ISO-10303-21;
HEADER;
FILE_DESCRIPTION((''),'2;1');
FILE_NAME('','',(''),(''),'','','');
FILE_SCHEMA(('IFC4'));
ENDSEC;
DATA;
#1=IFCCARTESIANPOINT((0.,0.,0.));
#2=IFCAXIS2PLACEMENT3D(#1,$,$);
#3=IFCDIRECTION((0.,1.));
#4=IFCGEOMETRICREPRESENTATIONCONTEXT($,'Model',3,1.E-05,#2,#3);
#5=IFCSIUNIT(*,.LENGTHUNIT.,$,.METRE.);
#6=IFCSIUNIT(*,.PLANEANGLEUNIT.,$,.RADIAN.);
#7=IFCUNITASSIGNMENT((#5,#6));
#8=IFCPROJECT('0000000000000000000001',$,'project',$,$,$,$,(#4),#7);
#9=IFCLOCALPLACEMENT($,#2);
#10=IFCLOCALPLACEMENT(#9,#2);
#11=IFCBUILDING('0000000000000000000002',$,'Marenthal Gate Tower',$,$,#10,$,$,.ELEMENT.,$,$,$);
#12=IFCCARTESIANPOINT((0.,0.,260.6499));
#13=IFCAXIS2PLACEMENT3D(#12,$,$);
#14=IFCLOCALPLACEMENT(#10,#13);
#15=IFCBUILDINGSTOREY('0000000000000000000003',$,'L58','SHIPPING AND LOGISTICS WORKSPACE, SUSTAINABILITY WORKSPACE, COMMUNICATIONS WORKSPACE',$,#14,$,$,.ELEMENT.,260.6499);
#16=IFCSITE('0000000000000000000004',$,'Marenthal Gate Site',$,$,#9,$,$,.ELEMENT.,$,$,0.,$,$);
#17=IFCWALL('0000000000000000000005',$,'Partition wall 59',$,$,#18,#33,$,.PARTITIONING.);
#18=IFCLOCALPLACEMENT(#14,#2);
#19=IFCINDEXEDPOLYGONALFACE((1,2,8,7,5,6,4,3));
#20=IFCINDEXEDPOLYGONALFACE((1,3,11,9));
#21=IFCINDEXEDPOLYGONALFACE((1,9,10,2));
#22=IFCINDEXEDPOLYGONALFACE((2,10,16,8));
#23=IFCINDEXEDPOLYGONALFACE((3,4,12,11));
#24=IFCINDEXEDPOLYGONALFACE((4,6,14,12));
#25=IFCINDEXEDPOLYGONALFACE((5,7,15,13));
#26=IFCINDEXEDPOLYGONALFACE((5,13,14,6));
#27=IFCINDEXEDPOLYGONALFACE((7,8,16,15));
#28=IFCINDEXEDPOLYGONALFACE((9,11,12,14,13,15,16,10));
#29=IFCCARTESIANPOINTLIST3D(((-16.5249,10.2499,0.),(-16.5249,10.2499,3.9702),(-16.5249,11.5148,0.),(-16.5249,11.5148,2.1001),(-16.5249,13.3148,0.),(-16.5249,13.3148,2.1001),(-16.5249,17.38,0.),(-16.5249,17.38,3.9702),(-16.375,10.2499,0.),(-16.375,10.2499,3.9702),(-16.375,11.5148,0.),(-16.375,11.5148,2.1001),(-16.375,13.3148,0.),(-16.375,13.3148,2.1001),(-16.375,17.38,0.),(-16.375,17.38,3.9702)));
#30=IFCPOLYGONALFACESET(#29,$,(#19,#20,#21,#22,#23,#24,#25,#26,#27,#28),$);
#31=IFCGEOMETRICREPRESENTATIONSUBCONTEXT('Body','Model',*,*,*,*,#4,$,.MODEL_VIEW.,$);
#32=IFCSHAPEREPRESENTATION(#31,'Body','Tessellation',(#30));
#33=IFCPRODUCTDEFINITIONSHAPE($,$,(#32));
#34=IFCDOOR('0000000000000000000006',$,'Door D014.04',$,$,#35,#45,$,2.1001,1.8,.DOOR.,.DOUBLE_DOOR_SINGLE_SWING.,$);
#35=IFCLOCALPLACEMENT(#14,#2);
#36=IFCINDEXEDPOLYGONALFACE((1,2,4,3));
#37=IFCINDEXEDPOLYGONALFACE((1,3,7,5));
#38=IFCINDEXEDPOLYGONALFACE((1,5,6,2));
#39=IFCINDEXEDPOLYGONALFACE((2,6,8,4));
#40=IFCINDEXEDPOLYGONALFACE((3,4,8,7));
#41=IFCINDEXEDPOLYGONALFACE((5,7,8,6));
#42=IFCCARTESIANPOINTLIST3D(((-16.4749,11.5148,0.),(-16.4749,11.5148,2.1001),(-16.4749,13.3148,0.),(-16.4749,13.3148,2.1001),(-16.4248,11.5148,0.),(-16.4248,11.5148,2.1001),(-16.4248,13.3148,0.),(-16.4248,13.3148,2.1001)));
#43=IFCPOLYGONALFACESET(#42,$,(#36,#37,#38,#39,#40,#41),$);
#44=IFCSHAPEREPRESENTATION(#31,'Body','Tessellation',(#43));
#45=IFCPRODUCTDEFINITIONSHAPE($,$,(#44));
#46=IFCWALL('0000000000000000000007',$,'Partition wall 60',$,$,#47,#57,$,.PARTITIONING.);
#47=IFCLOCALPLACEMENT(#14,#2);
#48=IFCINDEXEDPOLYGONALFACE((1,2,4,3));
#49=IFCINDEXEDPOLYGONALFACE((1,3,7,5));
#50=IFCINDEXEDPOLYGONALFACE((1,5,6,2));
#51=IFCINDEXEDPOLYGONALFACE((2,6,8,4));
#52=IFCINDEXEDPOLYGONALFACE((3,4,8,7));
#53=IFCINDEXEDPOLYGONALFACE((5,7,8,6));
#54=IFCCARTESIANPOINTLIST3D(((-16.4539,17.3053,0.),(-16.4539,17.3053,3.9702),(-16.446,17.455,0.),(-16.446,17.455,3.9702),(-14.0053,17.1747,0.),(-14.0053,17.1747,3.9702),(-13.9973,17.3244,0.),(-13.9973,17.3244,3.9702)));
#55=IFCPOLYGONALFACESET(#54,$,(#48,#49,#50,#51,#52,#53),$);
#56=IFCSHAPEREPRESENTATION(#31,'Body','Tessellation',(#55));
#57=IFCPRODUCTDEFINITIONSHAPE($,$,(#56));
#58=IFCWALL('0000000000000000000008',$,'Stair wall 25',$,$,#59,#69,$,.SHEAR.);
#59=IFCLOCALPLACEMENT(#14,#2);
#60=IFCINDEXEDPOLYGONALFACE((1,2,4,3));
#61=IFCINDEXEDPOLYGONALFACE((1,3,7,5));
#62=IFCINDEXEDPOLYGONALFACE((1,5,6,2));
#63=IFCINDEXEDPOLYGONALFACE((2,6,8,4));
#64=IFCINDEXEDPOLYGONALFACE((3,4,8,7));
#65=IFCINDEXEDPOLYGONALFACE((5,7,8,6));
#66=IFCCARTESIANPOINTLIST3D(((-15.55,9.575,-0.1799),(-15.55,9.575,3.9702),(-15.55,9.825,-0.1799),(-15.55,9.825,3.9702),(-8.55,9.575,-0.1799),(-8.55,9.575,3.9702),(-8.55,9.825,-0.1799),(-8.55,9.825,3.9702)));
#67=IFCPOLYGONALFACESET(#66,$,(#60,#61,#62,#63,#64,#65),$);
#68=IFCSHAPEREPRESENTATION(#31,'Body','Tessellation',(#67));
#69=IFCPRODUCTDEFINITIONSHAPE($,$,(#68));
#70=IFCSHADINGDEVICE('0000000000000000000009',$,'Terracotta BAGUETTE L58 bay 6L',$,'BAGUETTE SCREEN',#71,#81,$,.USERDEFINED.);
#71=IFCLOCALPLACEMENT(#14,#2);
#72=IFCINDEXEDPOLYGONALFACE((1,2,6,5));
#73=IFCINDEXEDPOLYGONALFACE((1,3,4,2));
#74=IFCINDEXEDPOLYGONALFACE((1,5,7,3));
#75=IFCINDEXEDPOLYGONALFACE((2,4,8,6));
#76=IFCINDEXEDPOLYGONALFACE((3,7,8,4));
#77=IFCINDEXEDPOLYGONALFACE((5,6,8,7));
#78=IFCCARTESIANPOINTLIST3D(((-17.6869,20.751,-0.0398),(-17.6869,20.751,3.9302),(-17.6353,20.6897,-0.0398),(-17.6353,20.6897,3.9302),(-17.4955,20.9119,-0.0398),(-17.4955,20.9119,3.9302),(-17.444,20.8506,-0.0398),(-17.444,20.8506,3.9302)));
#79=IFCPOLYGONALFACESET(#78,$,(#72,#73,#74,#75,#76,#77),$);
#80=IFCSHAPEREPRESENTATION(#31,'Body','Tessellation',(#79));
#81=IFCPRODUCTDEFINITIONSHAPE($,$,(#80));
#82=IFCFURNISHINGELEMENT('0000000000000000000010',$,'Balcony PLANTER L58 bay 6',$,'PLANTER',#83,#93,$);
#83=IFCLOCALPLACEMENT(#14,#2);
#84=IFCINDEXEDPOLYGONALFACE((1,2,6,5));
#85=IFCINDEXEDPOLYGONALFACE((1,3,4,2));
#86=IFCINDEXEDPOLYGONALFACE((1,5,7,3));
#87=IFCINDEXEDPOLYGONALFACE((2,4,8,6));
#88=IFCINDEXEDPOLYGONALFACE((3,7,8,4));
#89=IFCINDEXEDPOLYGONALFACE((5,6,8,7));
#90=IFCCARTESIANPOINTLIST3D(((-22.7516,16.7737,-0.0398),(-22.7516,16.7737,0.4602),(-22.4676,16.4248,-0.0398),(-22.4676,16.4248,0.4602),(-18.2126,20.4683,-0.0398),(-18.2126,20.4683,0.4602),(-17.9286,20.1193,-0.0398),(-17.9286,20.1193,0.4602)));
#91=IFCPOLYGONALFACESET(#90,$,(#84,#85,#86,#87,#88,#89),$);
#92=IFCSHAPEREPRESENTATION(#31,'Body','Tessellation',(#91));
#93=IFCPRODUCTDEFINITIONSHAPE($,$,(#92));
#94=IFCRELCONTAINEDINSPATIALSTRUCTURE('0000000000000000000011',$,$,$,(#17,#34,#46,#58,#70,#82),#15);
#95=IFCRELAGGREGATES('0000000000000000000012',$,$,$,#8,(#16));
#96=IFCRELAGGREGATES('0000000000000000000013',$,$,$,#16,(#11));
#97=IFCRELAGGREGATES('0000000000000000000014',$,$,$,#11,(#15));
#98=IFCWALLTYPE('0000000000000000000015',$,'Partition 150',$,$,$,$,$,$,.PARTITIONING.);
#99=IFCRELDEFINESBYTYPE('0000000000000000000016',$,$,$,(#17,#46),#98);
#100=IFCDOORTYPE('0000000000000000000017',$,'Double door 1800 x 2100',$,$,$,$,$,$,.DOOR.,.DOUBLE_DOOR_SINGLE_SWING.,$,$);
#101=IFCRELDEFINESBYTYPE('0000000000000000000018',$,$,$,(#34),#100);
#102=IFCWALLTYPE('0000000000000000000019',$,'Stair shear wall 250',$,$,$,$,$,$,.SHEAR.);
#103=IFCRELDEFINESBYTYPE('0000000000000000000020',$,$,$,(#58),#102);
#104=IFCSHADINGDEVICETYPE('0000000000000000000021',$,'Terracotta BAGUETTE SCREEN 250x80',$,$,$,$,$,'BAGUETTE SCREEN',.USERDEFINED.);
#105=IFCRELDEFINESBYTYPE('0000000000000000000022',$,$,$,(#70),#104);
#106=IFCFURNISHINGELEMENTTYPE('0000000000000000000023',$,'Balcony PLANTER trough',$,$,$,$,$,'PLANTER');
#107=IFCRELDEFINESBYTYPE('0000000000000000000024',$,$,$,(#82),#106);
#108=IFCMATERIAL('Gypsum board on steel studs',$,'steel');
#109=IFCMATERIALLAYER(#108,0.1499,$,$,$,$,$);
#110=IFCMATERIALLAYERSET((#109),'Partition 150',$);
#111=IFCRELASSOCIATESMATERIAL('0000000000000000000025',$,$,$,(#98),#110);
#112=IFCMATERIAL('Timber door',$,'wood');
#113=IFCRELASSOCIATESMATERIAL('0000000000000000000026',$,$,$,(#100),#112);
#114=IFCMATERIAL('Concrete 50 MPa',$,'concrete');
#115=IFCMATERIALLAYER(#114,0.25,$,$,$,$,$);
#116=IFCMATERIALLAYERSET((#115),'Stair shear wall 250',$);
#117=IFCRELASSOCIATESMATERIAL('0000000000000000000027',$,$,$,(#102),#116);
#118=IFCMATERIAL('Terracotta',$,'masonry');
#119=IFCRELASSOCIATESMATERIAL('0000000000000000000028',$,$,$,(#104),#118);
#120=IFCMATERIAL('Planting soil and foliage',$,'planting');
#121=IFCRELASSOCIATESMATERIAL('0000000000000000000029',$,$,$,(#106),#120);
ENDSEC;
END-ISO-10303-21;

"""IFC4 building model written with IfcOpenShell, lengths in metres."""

from ifc_helpers import new_model, si_unit, direction, frame, frame_2d, origin, origin_2d, place, context, subcontext, project, spatial, rectangle, extrude, material, layer, layer_set, material_profile, profile_set, type_object, element, fill, save


model = new_model("IFC4")

# Units and contexts
model_context = context("Model", 3, precision=1e-05, world=origin(), true_north=direction((0.0, 1.0)))
body_context = subcontext(model_context, "Body", "Model", "MODEL_VIEW")
ifc_project = project(units=[si_unit("LENGTHUNIT", "METRE"), si_unit("PLANEANGLEUNIT", "RADIAN")], contexts=[model_context])

# Site, building, storey
site_placement = place(None, origin())
site = spatial("IfcSite", under=ifc_project, at=site_placement, Name="Marenthal Gate Site", CompositionType="ELEMENT", RefElevation=0.0)
building_placement = place(site_placement, origin())
building = spatial("IfcBuilding", under=site, at=building_placement, Name="Marenthal Gate Tower", CompositionType="ELEMENT")
storey_placement = place(building_placement, frame((0.0, 0.0, 260.6499)))
storey = spatial("IfcBuildingStorey", under=building, at=storey_placement, Name="L58", Description="SHIPPING AND LOGISTICS WORKSPACE, SUSTAINABILITY WORKSPACE, COMMUNICATIONS WORKSPACE", CompositionType="ELEMENT", Elevation=260.6499)

# Shared definitions
ifc_material_1 = material(Name="Gypsum board on steel studs", Category="steel")
ifc_layer_1 = layer(ifc_material_1, 0.1499)
ifc_layer_set_1 = layer_set([ifc_layer_1], Name="Partition 150")
wall_type_1 = type_object("IfcWallType", Name="Partition 150", PredefinedType="PARTITIONING", material=ifc_layer_set_1)

# Wall, opening, door
wall_1_placement = place(storey_placement, frame((-16.45, 10.25, 0.0), z_axis=(0.0, 0.0, 1.0), x_axis=(0.0, 1.0, 0.0)))
wall_1 = element("IfcWall", 1, at=wall_1_placement, inside=storey, type_object=wall_type_1, Name="Partition wall 59", PredefinedType="PARTITIONING", context=body_context, shape_type="SweptSolid", body=[
    extrude(rectangle(XDim=7.1301, YDim=0.1499, at=frame_2d((3.5649, 0.0))), origin(), (0.0, 0.0, 1.0), 3.9702),
])
opening_1_placement = place(wall_1_placement, frame((1.2649, 0.0, 0.0)))
opening_1 = element("IfcOpeningElement", 2, at=opening_1_placement, cuts=wall_1, PredefinedType="OPENING", context=body_context, shape_type="SweptSolid", body=[
    extrude(rectangle(XDim=1.8, YDim=2.1001, at=frame_2d((0.8999, 1.05))), frame((0.0, 0.085, 0.0), z_axis=(0.0, -1.0, 0.0), x_axis=(1.0, 0.0, 0.0)), (0.0, 0.0, 1.0), 0.1699),
])
ifc_material_2 = material(Name="Timber door", Category="wood")
door_type_1 = type_object("IfcDoorType", Name="Double door 1800 x 2100", OperationType="DOUBLE_DOOR_SINGLE_SWING", PredefinedType="DOOR", material=ifc_material_2)
door_1_placement = place(opening_1_placement, origin())
door_1 = element("IfcDoor", 3, at=door_1_placement, inside=storey, type_object=door_type_1, Name="Door D014.04", OperationType="DOUBLE_DOOR_SINGLE_SWING", OverallHeight=2.1001, OverallWidth=1.8, PredefinedType="DOOR", context=body_context, shape_type="SweptSolid", body=[
    extrude(rectangle(XDim=1.8, YDim=2.1001, at=frame_2d((0.8999, 1.05))), frame((0.0, 0.0249, 0.0), z_axis=(0.0, -1.0, 0.0), x_axis=(1.0, 0.0, 0.0)), (0.0, 0.0, 1.0), 0.05),
])
fill(opening_1, door_1)

# Walls
wall_2_placement = place(storey_placement, frame((-16.45, 17.3801, 0.0), z_axis=(0.0, 0.0, 1.0), x_axis=(0.99858, -0.053264, 0.0)))
element("IfcWall", 4, at=wall_2_placement, inside=storey, type_object=wall_type_1, Name="Partition wall 60", PredefinedType="PARTITIONING", context=body_context, shape_type="SweptSolid", body=[
    extrude(rectangle(XDim=2.4521, YDim=0.1499, at=frame_2d((1.2261, 0.0))), origin(), (0.0, 0.0, 1.0), 3.9702),
])
ifc_material_3 = material(Name="Concrete 50 MPa", Category="concrete")
ifc_layer_2 = layer(ifc_material_3, 0.25)
ifc_layer_set_2 = layer_set([ifc_layer_2], Name="Stair shear wall 250")
wall_type_2 = type_object("IfcWallType", Name="Stair shear wall 250", PredefinedType="SHEAR", material=ifc_layer_set_2)
wall_3_placement = place(storey_placement, frame((-15.55, 9.7, -0.1799), z_axis=(0.0, 0.0, 1.0), x_axis=(1.0, 0.0, 0.0)))
element("IfcWall", 5, at=wall_3_placement, inside=storey, type_object=wall_type_2, Name="Stair wall 25", PredefinedType="SHEAR", context=body_context, shape_type="SweptSolid", body=[
    extrude(rectangle(XDim=7.0, YDim=0.25, at=frame_2d((3.5, 0.0))), origin(), (0.0, 0.0, 1.0), 4.1501),
])

# Shading device
ifc_material_4 = material(Name="Terracotta", Category="masonry")
ifc_material_profile_1 = material_profile(ifc_material_4, rectangle(XDim=0.25, YDim=0.0801, at=origin_2d()), Name="Terracotta baguette 250x80")
ifc_profile_set_1 = profile_set([ifc_material_profile_1], Name="Terracotta")
shading_device_type = type_object("IfcShadingDeviceType", Name="Terracotta BAGUETTE SCREEN 250x80", ElementType="BAGUETTE SCREEN", PredefinedType="USERDEFINED", material=ifc_profile_set_1)
shading_device_placement = place(storey_placement, frame((-17.5654, 20.8008, -0.0398), z_axis=(0.0, 0.0, 1.0), x_axis=(-0.765301, -0.643672, 0.0)))
element("IfcShadingDevice", 6, at=shading_device_placement, inside=storey, type_object=shading_device_type, Name="Terracotta BAGUETTE L58 bay 6L", ObjectType="BAGUETTE SCREEN", PredefinedType="USERDEFINED", context=body_context, shape_type="SweptSolid", body=[
    extrude(rectangle(XDim=0.25, YDim=0.0801, at=origin_2d()), origin(), (0.0, 0.0, 1.0), 3.97),
])

# Furnishing element
ifc_material_5 = material(Name="Planting soil and foliage", Category="planting")
furnishing_element_type = type_object("IfcFurnishingElementType", Name="Balcony PLANTER trough", ElementType="PLANTER", material=ifc_material_5)
furnishing_placement = place(storey_placement, frame((-20.3401, 18.4465, -0.0398), z_axis=(0.0, 0.0, 1.0), x_axis=(-0.775557, -0.631278, 0.0)))
element("IfcFurnishingElement", 7, at=furnishing_placement, inside=storey, type_object=furnishing_element_type, Name="Balcony PLANTER L58 bay 6", ObjectType="PLANTER", context=body_context, shape_type="SweptSolid", body=[
    extrude(rectangle(XDim=5.8525, YDim=0.45, at=origin_2d()), origin(), (0.0, 0.0, 1.0), 0.5),
])

save(model, "model.ifc")
